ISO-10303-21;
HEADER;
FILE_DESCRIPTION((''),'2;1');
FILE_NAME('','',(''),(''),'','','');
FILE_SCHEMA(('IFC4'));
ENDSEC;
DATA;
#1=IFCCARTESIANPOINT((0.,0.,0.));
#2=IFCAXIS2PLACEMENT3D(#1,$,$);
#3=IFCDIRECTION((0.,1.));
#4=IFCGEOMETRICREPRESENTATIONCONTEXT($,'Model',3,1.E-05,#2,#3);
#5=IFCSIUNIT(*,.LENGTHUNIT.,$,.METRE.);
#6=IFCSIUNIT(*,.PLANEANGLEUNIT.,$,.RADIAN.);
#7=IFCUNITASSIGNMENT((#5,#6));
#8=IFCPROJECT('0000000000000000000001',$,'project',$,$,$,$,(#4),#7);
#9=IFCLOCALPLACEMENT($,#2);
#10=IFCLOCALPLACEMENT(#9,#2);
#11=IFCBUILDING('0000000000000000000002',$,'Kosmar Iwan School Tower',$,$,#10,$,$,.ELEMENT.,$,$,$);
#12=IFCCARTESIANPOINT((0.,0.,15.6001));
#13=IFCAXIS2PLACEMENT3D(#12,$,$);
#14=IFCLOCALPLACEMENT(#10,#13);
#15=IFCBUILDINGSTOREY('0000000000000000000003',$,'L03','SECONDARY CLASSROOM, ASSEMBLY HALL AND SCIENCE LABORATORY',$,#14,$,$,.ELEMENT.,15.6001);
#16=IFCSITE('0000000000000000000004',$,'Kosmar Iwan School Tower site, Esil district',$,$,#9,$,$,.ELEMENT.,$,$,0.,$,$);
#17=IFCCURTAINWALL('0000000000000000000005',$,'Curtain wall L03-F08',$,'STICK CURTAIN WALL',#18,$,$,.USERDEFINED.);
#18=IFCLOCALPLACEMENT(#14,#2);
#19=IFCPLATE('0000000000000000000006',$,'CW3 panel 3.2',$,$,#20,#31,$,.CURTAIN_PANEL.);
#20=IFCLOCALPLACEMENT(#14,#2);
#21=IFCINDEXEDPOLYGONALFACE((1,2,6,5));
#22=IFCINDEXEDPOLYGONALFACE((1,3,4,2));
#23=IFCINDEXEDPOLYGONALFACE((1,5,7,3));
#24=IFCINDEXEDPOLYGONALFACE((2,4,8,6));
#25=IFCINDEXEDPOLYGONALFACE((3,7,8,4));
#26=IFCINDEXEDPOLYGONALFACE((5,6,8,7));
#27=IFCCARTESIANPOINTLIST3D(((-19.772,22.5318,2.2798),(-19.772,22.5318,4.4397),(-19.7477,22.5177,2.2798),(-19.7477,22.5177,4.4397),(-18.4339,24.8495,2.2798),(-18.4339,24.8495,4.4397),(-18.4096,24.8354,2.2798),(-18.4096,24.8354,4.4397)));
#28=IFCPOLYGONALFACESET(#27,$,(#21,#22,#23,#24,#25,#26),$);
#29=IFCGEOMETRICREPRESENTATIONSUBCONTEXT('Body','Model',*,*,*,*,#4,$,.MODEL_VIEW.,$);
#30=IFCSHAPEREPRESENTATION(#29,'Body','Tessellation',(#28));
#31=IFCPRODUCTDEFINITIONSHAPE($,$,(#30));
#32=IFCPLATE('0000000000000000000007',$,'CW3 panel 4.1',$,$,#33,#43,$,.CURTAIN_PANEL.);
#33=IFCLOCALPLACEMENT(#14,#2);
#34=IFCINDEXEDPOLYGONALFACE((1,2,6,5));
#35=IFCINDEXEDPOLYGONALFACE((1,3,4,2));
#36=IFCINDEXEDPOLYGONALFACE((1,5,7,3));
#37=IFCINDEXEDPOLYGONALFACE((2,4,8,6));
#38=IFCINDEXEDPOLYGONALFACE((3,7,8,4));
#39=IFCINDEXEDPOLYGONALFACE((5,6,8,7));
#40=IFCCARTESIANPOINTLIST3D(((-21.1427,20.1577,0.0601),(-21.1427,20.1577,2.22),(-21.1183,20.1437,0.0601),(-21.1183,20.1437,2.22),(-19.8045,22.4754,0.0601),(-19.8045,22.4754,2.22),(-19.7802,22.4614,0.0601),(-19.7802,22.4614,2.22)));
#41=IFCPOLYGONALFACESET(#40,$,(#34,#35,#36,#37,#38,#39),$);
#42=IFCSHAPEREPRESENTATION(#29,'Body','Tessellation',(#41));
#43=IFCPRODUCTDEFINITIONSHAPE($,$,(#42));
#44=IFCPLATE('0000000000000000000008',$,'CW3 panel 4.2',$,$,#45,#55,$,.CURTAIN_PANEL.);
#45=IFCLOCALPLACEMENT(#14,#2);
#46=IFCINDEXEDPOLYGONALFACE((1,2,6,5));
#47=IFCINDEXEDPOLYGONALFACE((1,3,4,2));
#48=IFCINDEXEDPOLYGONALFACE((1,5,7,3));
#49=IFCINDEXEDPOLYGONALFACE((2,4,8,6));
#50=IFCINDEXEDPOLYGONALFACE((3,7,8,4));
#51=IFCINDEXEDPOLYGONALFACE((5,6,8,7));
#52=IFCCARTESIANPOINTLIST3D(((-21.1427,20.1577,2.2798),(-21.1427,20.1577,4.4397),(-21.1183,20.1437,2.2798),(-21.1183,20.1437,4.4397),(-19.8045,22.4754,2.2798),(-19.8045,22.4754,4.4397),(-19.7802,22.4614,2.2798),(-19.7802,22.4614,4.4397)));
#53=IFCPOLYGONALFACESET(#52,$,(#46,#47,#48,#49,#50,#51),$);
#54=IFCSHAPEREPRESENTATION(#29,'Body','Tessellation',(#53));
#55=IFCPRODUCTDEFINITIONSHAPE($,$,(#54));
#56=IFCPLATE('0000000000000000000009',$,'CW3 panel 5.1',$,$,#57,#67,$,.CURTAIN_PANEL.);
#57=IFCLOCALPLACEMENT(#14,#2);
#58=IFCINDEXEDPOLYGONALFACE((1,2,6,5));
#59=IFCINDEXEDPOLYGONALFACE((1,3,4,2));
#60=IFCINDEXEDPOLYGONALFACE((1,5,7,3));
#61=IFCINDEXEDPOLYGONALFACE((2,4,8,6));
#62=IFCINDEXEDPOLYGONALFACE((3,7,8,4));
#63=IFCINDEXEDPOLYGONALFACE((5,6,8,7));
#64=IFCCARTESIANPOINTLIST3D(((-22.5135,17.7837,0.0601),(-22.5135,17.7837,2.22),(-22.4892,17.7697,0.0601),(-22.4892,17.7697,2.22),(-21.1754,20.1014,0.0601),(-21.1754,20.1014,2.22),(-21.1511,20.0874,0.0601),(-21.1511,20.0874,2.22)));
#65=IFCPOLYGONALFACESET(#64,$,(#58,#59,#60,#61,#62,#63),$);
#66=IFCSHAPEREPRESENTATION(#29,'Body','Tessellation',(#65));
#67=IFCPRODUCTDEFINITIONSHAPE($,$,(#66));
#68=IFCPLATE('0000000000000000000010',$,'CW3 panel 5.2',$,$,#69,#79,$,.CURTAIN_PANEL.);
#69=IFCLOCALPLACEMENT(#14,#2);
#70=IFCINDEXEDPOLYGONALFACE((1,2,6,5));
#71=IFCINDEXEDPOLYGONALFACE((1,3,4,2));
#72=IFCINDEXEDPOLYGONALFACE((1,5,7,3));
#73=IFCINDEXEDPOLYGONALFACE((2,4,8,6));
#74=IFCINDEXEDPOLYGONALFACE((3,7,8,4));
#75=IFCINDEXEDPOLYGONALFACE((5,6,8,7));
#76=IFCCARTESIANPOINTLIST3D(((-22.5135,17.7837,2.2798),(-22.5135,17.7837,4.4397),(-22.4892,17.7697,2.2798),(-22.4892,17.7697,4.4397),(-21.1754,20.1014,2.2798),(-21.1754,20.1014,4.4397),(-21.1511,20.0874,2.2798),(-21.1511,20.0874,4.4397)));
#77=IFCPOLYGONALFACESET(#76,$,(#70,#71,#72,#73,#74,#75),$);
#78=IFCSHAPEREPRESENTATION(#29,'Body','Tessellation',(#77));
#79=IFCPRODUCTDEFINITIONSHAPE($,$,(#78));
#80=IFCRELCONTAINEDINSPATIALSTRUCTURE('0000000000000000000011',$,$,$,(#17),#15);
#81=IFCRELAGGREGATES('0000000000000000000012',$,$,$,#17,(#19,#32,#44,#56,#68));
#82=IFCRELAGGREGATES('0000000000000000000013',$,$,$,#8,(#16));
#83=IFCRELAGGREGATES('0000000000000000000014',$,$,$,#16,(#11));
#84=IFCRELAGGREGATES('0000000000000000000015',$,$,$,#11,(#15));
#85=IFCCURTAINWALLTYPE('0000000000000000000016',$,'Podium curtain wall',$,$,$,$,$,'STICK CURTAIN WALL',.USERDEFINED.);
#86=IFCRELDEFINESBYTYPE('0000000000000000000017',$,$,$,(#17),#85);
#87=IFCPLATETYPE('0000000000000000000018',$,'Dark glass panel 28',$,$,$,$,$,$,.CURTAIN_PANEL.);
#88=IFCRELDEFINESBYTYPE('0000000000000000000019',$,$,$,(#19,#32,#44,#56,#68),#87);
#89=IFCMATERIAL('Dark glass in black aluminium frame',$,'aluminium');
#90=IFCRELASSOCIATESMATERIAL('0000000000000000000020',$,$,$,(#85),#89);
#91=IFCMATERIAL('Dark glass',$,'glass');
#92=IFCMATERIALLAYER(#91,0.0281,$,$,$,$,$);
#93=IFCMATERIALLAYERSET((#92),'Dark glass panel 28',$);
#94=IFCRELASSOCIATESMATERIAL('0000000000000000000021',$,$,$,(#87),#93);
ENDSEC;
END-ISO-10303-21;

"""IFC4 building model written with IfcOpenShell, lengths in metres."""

from ifc_helpers import new_model, si_unit, direction, frame, origin, origin_2d, place, context, subcontext, project, spatial, rectangle, extrude, material, layer, layer_set, type_object, element, aggregate, save


model = new_model("IFC4")

# Units and contexts
model_context = context("Model", 3, precision=1e-05, world=origin(), true_north=direction((0.0, 1.0)))
body_context = subcontext(model_context, "Body", "Model", "MODEL_VIEW")
ifc_project = project(units=[si_unit("LENGTHUNIT", "METRE"), si_unit("PLANEANGLEUNIT", "RADIAN")], contexts=[model_context])

# Site, building, storey
site_placement = place(None, origin())
site = spatial("IfcSite", under=ifc_project, at=site_placement, Name="Kosmar Iwan School Tower site, Esil district", CompositionType="ELEMENT", RefElevation=0.0)
building_placement = place(site_placement, origin())
building = spatial("IfcBuilding", under=site, at=building_placement, Name="Kosmar Iwan School Tower", CompositionType="ELEMENT")
storey_placement = place(building_placement, frame((0.0, 0.0, 15.6001)))
storey = spatial("IfcBuildingStorey", under=building, at=storey_placement, Name="L03", Description="SECONDARY CLASSROOM, ASSEMBLY HALL AND SCIENCE LABORATORY", CompositionType="ELEMENT", Elevation=15.6001)

# Curtain wall, plates
ifc_material_1 = material(Name="Dark glass in black aluminium frame", Category="aluminium")
curtain_wall_type = type_object("IfcCurtainWallType", Name="Podium curtain wall", ElementType="STICK CURTAIN WALL", PredefinedType="USERDEFINED", material=ifc_material_1)
curtain_wall_placement = place(storey_placement, origin())
curtain_wall = element("IfcCurtainWall", 1, at=curtain_wall_placement, inside=storey, type_object=curtain_wall_type, Name="Curtain wall L03-F08", ObjectType="STICK CURTAIN WALL", PredefinedType="USERDEFINED")
ifc_material_2 = material(Name="Dark glass", Category="glass")
ifc_layer = layer(ifc_material_2, 0.0281)
ifc_layer_set = layer_set([ifc_layer], Name="Dark glass panel 28")
plate_type = type_object("IfcPlateType", Name="Dark glass panel 28", PredefinedType="CURTAIN_PANEL", material=ifc_layer_set)
plate_1_placement = place(storey_placement, frame((-19.0908, 23.6836, 2.2798), z_axis=(0.0, 0.0, 1.0), x_axis=(-0.5, -0.866025, 0.0)))
plate_1 = element("IfcPlate", 2, at=plate_1_placement, type_object=plate_type, Name="CW3 panel 3.2", PredefinedType="CURTAIN_PANEL", context=body_context, shape_type="SweptSolid", body=[
    extrude(rectangle(XDim=2.6763, YDim=0.0281, at=origin_2d()), origin(), (0.0, 0.0, 1.0), 2.1599),
])
plate_2_placement = place(storey_placement, frame((-20.4614, 21.3096, 0.0601), z_axis=(0.0, 0.0, 1.0), x_axis=(-0.5, -0.866025, 0.0)))
plate_2 = element("IfcPlate", 3, at=plate_2_placement, type_object=plate_type, Name="CW3 panel 4.1", PredefinedType="CURTAIN_PANEL", context=body_context, shape_type="SweptSolid", body=[
    extrude(rectangle(XDim=2.6763, YDim=0.0281, at=origin_2d()), origin(), (0.0, 0.0, 1.0), 2.1599),
])
plate_3_placement = place(storey_placement, frame((-20.4614, 21.3096, 2.2798), z_axis=(0.0, 0.0, 1.0), x_axis=(-0.5, -0.866025, 0.0)))
plate_3 = element("IfcPlate", 4, at=plate_3_placement, type_object=plate_type, Name="CW3 panel 4.2", PredefinedType="CURTAIN_PANEL", context=body_context, shape_type="SweptSolid", body=[
    extrude(rectangle(XDim=2.6763, YDim=0.0281, at=origin_2d()), origin(), (0.0, 0.0, 1.0), 2.1599),
])
plate_4_placement = place(storey_placement, frame((-21.8323, 18.9355, 0.0601), z_axis=(0.0, 0.0, 1.0), x_axis=(-0.5, -0.866025, 0.0)))
plate_4 = element("IfcPlate", 5, at=plate_4_placement, type_object=plate_type, Name="CW3 panel 5.1", PredefinedType="CURTAIN_PANEL", context=body_context, shape_type="SweptSolid", body=[
    extrude(rectangle(XDim=2.6763, YDim=0.0281, at=origin_2d()), origin(), (0.0, 0.0, 1.0), 2.1599),
])
plate_5_placement = place(storey_placement, frame((-21.8323, 18.9355, 2.2798), z_axis=(0.0, 0.0, 1.0), x_axis=(-0.5, -0.866025, 0.0)))
plate_5 = element("IfcPlate", 6, at=plate_5_placement, type_object=plate_type, Name="CW3 panel 5.2", PredefinedType="CURTAIN_PANEL", context=body_context, shape_type="SweptSolid", body=[
    extrude(rectangle(XDim=2.6763, YDim=0.0281, at=origin_2d()), origin(), (0.0, 0.0, 1.0), 2.1599),
])
aggregate(curtain_wall, [plate_1, plate_2, plate_3, plate_4, plate_5])

save(model, "model.ifc")
